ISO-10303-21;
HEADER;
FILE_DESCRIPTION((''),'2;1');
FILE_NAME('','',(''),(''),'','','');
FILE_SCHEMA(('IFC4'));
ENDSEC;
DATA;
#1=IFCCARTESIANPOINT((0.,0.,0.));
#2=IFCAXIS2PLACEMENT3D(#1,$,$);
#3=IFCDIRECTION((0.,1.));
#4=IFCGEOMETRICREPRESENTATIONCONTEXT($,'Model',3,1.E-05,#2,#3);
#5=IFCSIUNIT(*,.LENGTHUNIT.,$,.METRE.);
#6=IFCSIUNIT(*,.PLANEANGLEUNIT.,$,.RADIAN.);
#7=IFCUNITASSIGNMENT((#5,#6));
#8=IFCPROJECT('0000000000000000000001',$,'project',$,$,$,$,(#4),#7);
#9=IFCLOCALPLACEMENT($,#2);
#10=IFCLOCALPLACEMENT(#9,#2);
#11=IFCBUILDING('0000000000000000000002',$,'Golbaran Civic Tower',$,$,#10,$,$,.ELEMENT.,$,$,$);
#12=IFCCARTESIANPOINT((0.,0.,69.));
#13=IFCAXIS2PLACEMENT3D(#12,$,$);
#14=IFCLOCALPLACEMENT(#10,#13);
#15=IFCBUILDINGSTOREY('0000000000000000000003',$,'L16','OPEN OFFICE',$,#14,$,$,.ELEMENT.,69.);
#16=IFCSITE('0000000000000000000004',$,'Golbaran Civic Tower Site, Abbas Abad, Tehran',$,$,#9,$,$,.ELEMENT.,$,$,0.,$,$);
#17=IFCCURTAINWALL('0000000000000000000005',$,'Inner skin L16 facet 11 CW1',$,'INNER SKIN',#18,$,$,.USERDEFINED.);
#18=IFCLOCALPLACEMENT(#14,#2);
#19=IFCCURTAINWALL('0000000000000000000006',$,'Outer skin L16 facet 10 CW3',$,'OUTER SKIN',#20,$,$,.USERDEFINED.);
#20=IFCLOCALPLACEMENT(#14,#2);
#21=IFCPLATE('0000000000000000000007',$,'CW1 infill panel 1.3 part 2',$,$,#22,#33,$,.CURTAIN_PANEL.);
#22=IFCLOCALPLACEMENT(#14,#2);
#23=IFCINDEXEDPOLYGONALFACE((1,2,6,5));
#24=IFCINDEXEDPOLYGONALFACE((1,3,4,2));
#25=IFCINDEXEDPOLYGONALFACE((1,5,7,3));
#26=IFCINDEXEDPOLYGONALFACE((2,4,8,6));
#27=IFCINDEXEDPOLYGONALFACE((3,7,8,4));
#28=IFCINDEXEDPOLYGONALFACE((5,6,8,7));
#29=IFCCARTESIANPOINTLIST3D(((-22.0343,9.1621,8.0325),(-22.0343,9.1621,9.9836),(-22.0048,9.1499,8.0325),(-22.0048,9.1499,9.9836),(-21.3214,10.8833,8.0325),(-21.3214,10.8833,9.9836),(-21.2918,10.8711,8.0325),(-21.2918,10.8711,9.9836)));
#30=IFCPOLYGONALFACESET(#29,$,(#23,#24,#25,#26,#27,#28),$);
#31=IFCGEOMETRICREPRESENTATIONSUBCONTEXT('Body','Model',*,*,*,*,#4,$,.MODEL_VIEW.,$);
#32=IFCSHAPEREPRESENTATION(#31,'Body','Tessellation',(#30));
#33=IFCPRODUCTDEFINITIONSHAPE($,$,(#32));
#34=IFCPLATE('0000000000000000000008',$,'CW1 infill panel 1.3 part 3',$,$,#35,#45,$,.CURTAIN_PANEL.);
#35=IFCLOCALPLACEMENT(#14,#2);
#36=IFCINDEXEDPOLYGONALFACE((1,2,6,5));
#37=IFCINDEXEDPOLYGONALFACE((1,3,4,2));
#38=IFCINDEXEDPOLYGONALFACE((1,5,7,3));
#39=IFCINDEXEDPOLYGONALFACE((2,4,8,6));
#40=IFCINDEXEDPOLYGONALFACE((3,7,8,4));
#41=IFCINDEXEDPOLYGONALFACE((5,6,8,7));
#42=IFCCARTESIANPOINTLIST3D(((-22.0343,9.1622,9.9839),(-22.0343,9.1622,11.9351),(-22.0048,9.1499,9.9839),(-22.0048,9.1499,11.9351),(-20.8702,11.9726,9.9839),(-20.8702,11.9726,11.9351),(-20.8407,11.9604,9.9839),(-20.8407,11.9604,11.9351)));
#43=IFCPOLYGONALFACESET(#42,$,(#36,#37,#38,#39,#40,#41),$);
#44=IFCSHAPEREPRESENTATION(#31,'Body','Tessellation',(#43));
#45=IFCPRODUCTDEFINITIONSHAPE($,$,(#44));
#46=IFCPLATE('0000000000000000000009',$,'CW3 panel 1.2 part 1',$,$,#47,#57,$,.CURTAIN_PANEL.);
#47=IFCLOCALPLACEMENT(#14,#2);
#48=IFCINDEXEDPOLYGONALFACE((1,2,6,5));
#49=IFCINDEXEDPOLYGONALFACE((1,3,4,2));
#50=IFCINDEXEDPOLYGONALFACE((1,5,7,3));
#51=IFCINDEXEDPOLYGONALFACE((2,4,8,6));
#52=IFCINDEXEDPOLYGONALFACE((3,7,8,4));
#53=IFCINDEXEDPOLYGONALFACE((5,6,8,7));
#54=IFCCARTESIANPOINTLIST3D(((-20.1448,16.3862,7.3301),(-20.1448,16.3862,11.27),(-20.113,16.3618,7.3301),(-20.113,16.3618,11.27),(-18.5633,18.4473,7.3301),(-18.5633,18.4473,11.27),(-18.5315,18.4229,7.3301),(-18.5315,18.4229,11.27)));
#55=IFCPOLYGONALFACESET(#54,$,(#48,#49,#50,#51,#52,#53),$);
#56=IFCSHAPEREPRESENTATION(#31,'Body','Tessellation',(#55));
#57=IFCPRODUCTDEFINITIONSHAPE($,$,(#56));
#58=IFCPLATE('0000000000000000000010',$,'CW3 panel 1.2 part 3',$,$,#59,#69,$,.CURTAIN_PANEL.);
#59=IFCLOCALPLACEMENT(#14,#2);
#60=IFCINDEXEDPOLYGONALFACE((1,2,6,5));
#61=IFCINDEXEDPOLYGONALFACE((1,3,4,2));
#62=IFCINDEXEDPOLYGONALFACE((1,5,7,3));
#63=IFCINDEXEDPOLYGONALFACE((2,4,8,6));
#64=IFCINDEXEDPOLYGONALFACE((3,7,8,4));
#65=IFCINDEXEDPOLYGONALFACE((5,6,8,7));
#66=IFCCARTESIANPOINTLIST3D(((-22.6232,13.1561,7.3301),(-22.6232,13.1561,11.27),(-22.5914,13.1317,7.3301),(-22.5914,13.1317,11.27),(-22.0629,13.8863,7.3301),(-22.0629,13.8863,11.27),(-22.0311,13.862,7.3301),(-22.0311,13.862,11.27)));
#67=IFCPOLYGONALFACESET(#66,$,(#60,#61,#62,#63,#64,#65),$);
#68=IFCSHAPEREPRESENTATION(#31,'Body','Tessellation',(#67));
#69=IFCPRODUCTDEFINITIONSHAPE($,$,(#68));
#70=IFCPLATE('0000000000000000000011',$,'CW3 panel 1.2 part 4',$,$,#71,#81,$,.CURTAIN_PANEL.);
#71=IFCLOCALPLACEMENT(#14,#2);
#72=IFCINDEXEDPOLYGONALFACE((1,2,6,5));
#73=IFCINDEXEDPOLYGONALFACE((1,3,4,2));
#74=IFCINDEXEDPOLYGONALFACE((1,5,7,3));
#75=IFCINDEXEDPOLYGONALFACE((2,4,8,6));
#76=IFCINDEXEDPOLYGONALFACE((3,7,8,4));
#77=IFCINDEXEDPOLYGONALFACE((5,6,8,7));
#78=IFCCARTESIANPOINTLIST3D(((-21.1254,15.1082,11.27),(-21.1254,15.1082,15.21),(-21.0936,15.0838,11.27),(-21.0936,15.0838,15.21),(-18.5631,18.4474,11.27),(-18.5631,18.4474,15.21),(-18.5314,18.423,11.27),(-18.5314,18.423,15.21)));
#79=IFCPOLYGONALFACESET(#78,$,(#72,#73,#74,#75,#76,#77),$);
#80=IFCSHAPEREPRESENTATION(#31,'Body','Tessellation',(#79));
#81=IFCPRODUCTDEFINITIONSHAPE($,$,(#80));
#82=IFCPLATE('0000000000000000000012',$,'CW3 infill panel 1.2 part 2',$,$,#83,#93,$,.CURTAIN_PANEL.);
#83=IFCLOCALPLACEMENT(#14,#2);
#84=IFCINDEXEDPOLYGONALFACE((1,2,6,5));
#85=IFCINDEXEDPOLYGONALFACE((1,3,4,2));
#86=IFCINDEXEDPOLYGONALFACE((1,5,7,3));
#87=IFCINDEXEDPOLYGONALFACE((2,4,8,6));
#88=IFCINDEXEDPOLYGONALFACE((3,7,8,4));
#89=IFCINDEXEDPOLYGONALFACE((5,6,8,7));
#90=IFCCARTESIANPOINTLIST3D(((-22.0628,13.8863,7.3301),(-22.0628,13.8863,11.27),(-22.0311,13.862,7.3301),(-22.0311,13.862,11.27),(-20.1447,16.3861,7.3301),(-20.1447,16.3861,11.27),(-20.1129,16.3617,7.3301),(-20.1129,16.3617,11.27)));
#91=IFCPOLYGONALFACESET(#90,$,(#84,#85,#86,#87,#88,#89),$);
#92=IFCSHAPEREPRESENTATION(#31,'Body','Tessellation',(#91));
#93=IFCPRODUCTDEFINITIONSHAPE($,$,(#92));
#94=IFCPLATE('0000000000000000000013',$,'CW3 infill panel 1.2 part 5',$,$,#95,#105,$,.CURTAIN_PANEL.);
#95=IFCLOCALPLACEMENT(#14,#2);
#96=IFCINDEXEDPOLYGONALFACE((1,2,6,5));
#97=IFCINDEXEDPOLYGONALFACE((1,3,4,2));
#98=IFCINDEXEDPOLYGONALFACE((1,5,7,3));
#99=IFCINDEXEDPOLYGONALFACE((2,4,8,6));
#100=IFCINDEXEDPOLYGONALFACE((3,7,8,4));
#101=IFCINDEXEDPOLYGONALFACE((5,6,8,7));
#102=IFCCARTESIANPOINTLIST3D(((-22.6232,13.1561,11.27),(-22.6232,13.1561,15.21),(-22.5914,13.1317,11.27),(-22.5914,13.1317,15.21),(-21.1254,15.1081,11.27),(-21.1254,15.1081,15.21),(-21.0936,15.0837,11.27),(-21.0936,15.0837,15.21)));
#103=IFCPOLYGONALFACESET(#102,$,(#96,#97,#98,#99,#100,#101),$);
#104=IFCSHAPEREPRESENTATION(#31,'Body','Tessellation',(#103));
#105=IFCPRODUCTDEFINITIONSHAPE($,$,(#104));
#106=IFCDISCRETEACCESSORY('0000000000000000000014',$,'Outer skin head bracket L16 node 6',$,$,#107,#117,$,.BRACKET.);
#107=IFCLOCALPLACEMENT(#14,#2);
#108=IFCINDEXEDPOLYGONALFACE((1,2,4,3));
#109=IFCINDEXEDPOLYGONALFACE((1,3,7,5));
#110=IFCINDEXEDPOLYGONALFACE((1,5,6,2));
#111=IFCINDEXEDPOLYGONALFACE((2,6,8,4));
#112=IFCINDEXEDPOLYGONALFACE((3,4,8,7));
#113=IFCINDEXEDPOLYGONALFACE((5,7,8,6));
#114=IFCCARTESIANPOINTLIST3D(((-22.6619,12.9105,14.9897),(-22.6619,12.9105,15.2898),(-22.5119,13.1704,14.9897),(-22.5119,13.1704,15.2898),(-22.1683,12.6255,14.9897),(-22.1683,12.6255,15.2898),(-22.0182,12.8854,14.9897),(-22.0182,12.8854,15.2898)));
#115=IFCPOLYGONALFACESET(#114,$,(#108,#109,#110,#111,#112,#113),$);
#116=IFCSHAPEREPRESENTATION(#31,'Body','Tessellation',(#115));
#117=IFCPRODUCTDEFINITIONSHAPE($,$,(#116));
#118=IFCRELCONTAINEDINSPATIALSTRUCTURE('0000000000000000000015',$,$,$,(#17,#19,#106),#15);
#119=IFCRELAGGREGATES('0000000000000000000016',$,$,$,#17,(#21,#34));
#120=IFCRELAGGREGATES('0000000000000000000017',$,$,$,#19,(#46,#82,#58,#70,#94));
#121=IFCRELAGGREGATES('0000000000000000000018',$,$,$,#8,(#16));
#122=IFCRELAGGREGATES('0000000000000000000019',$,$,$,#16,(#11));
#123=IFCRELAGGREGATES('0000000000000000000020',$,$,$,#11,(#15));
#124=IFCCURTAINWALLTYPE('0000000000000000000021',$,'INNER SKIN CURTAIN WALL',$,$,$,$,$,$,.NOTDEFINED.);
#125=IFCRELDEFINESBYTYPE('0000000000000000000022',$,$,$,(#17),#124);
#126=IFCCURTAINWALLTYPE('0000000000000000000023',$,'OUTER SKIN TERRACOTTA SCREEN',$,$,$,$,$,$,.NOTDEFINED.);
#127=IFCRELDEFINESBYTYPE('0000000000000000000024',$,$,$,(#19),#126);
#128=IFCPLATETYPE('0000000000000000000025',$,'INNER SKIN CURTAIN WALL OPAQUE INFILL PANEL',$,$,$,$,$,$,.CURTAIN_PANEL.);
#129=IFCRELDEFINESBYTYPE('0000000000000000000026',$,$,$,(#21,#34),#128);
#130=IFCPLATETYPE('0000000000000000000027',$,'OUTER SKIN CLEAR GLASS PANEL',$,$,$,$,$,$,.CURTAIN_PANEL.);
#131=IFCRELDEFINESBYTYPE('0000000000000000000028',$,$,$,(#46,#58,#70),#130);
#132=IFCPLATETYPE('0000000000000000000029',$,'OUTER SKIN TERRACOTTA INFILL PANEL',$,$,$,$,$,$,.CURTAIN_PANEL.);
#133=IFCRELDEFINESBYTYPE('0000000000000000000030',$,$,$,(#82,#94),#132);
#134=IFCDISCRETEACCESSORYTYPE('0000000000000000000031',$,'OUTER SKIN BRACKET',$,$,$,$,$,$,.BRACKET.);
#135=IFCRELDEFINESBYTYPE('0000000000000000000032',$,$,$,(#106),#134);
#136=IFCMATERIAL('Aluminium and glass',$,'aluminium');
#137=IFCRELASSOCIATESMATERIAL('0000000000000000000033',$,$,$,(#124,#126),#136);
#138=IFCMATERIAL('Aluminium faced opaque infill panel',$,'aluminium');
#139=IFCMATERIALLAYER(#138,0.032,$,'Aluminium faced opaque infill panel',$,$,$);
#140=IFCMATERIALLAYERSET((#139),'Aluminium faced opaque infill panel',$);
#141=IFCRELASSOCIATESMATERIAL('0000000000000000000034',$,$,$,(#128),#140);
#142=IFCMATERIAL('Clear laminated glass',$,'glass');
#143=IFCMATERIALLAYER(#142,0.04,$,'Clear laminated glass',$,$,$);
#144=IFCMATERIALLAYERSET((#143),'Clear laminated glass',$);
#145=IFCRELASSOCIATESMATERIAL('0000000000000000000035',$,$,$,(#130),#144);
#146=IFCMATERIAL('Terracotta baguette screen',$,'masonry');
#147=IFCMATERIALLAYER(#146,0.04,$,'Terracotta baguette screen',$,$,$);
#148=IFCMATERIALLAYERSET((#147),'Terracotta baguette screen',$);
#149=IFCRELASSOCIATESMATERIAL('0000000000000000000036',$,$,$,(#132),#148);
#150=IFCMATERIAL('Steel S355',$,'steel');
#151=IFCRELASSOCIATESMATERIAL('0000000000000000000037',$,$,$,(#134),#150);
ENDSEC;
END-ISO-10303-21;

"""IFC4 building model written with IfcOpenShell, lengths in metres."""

from ifc_helpers import new_model, si_unit, direction, frame, origin, origin_2d, place, context, subcontext, project, spatial, rectangle, extrude, material, layer, layer_set, type_object, element, aggregate, save


model = new_model("IFC4")

# Units and contexts
model_context = context("Model", 3, precision=1e-05, world=origin(), true_north=direction((0.0, 1.0)))
body_context = subcontext(model_context, "Body", "Model", "MODEL_VIEW")
ifc_project = project(units=[si_unit("LENGTHUNIT", "METRE"), si_unit("PLANEANGLEUNIT", "RADIAN")], contexts=[model_context])

# Site, building, storey
site_placement = place(None, origin())
site = spatial("IfcSite", under=ifc_project, at=site_placement, Name="Golbaran Civic Tower Site, Abbas Abad, Tehran", CompositionType="ELEMENT", RefElevation=0.0)
building_placement = place(site_placement, origin())
building = spatial("IfcBuilding", under=site, at=building_placement, Name="Golbaran Civic Tower", CompositionType="ELEMENT")
storey_placement = place(building_placement, frame((0.0, 0.0, 69.0)))
storey = spatial("IfcBuildingStorey", under=building, at=storey_placement, Name="L16", Description="OPEN OFFICE", CompositionType="ELEMENT", Elevation=69.0)

# Curtain walls
ifc_material_1 = material(Name="Aluminium and glass", Category="aluminium")
curtain_wall_type_1 = type_object("IfcCurtainWallType", Name="INNER SKIN CURTAIN WALL", PredefinedType="NOTDEFINED", material=ifc_material_1)
curtain_wall_1_placement = place(storey_placement, origin())
curtain_wall_1 = element("IfcCurtainWall", 1, at=curtain_wall_1_placement, inside=storey, type_object=curtain_wall_type_1, Name="Inner skin L16 facet 11 CW1", ObjectType="INNER SKIN", PredefinedType="USERDEFINED")
curtain_wall_type_2 = type_object("IfcCurtainWallType", Name="OUTER SKIN TERRACOTTA SCREEN", PredefinedType="NOTDEFINED", material=ifc_material_1)
curtain_wall_2_placement = place(storey_placement, origin())
curtain_wall_2 = element("IfcCurtainWall", 2, at=curtain_wall_2_placement, inside=storey, type_object=curtain_wall_type_2, Name="Outer skin L16 facet 10 CW3", ObjectType="OUTER SKIN", PredefinedType="USERDEFINED")

# Plates
ifc_material_2 = material(Name="Aluminium faced opaque infill panel", Category="aluminium")
ifc_layer_1 = layer(ifc_material_2, 0.032, Name="Aluminium faced opaque infill panel")
ifc_layer_set_1 = layer_set([ifc_layer_1], Name="Aluminium faced opaque infill panel")
plate_type_1 = type_object("IfcPlateType", Name="INNER SKIN CURTAIN WALL OPAQUE INFILL PANEL", PredefinedType="CURTAIN_PANEL", material=ifc_layer_set_1)
plate_1_placement = place(storey_placement, frame((-21.6631, 10.0166, 8.0325), z_axis=(0.0, 0.0, 1.0), x_axis=(-0.382683, -0.92388, 0.0)))
plate_1 = element("IfcPlate", 3, at=plate_1_placement, type_object=plate_type_1, Name="CW1 infill panel 1.3 part 2", PredefinedType="CURTAIN_PANEL", context=body_context, shape_type="SweptSolid", body=[
    extrude(rectangle(XDim=1.863, YDim=0.032, at=origin_2d()), origin(), (0.0, 0.0, 1.0), 1.9512),
])
plate_2_placement = place(storey_placement, frame((-21.4375, 10.5613, 9.9839), z_axis=(0.0, 0.0, 1.0), x_axis=(-0.382683, -0.92388, 0.0)))
plate_2 = element("IfcPlate", 4, at=plate_2_placement, type_object=plate_type_1, Name="CW1 infill panel 1.3 part 3", PredefinedType="CURTAIN_PANEL", context=body_context, shape_type="SweptSolid", body=[
    extrude(rectangle(XDim=3.042, YDim=0.032, at=origin_2d()), origin(), (0.0, 0.0, 1.0), 1.9512),
])
aggregate(curtain_wall_1, [plate_1, plate_2])
ifc_material_3 = material(Name="Clear laminated glass", Category="glass")
ifc_layer_2 = layer(ifc_material_3, 0.04, Name="Clear laminated glass")
ifc_layer_set_2 = layer_set([ifc_layer_2], Name="Clear laminated glass")
plate_type_2 = type_object("IfcPlateType", Name="OUTER SKIN CLEAR GLASS PANEL", PredefinedType="CURTAIN_PANEL", material=ifc_layer_set_2)
plate_3_placement = place(storey_placement, frame((-19.3381, 17.4045, 7.3301), z_axis=(0.0, 0.0, 1.0), x_axis=(-0.608761, -0.793353, 0.0)))
plate_3 = element("IfcPlate", 5, at=plate_3_placement, type_object=plate_type_2, Name="CW3 panel 1.2 part 1", PredefinedType="CURTAIN_PANEL", context=body_context, shape_type="SweptSolid", body=[
    extrude(rectangle(XDim=2.5979, YDim=0.04, at=origin_2d()), origin(), (0.0, 0.0, 1.0), 3.9399),
])
plate_4_placement = place(storey_placement, frame((-22.3271, 13.509, 7.3301), z_axis=(0.0, 0.0, 1.0), x_axis=(-0.608761, -0.793353, 0.0)))
plate_4 = element("IfcPlate", 6, at=plate_4_placement, type_object=plate_type_2, Name="CW3 panel 1.2 part 3", PredefinedType="CURTAIN_PANEL", context=body_context, shape_type="SweptSolid", body=[
    extrude(rectangle(XDim=0.9204, YDim=0.04, at=origin_2d()), origin(), (0.0, 0.0, 1.0), 3.9399),
])
plate_5_placement = place(storey_placement, frame((-19.8284, 16.7656, 11.27), z_axis=(0.0, 0.0, 1.0), x_axis=(-0.608761, -0.793353, 0.0)))
plate_5 = element("IfcPlate", 7, at=plate_5_placement, type_object=plate_type_2, Name="CW3 panel 1.2 part 4", PredefinedType="CURTAIN_PANEL", context=body_context, shape_type="SweptSolid", body=[
    extrude(rectangle(XDim=4.209, YDim=0.04, at=origin_2d()), origin(), (0.0, 0.0, 1.0), 3.9399),
])
ifc_material_4 = material(Name="Terracotta baguette screen", Category="masonry")
ifc_layer_3 = layer(ifc_material_4, 0.04, Name="Terracotta baguette screen")
ifc_layer_set_3 = layer_set([ifc_layer_3], Name="Terracotta baguette screen")
plate_type_3 = type_object("IfcPlateType", Name="OUTER SKIN TERRACOTTA INFILL PANEL", PredefinedType="CURTAIN_PANEL", material=ifc_layer_set_3)
plate_6_placement = place(storey_placement, frame((-21.0879, 15.124, 7.3301), z_axis=(0.0, 0.0, 1.0), x_axis=(-0.608761, -0.793353, 0.0)))
plate_6 = element("IfcPlate", 8, at=plate_6_placement, type_object=plate_type_3, Name="CW3 infill panel 1.2 part 2", PredefinedType="CURTAIN_PANEL", context=body_context, shape_type="SweptSolid", body=[
    extrude(rectangle(XDim=3.1509, YDim=0.04, at=origin_2d()), origin(), (0.0, 0.0, 1.0), 3.9399),
])
plate_7_placement = place(storey_placement, frame((-21.8584, 14.1199, 11.27), z_axis=(0.0, 0.0, 1.0), x_axis=(-0.608761, -0.793353, 0.0)))
plate_7 = element("IfcPlate", 9, at=plate_7_placement, type_object=plate_type_3, Name="CW3 infill panel 1.2 part 5", PredefinedType="CURTAIN_PANEL", context=body_context, shape_type="SweptSolid", body=[
    extrude(rectangle(XDim=2.4604, YDim=0.04, at=origin_2d()), origin(), (0.0, 0.0, 1.0), 3.9399),
])
aggregate(curtain_wall_2, [plate_3, plate_6, plate_4, plate_5, plate_7])

# Discrete accessory
ifc_material_5 = material(Name="Steel S355", Category="steel")
discrete_accessory_type = type_object("IfcDiscreteAccessoryType", Name="OUTER SKIN BRACKET", PredefinedType="BRACKET", material=ifc_material_5)
discrete_accessory_placement = place(storey_placement, frame((-22.3401, 12.8979, 14.9897), z_axis=(0.0, 0.0, 1.0), x_axis=(-0.866025, 0.5, 0.0)))
element("IfcDiscreteAccessory", 10, at=discrete_accessory_placement, inside=storey, type_object=discrete_accessory_type, Name="Outer skin head bracket L16 node 6", PredefinedType="BRACKET", context=body_context, shape_type="SweptSolid", body=[
    extrude(rectangle(XDim=0.5701, YDim=0.3, at=origin_2d()), origin(), (0.0, 0.0, 1.0), 0.3),
])

save(model, "model.ifc")
